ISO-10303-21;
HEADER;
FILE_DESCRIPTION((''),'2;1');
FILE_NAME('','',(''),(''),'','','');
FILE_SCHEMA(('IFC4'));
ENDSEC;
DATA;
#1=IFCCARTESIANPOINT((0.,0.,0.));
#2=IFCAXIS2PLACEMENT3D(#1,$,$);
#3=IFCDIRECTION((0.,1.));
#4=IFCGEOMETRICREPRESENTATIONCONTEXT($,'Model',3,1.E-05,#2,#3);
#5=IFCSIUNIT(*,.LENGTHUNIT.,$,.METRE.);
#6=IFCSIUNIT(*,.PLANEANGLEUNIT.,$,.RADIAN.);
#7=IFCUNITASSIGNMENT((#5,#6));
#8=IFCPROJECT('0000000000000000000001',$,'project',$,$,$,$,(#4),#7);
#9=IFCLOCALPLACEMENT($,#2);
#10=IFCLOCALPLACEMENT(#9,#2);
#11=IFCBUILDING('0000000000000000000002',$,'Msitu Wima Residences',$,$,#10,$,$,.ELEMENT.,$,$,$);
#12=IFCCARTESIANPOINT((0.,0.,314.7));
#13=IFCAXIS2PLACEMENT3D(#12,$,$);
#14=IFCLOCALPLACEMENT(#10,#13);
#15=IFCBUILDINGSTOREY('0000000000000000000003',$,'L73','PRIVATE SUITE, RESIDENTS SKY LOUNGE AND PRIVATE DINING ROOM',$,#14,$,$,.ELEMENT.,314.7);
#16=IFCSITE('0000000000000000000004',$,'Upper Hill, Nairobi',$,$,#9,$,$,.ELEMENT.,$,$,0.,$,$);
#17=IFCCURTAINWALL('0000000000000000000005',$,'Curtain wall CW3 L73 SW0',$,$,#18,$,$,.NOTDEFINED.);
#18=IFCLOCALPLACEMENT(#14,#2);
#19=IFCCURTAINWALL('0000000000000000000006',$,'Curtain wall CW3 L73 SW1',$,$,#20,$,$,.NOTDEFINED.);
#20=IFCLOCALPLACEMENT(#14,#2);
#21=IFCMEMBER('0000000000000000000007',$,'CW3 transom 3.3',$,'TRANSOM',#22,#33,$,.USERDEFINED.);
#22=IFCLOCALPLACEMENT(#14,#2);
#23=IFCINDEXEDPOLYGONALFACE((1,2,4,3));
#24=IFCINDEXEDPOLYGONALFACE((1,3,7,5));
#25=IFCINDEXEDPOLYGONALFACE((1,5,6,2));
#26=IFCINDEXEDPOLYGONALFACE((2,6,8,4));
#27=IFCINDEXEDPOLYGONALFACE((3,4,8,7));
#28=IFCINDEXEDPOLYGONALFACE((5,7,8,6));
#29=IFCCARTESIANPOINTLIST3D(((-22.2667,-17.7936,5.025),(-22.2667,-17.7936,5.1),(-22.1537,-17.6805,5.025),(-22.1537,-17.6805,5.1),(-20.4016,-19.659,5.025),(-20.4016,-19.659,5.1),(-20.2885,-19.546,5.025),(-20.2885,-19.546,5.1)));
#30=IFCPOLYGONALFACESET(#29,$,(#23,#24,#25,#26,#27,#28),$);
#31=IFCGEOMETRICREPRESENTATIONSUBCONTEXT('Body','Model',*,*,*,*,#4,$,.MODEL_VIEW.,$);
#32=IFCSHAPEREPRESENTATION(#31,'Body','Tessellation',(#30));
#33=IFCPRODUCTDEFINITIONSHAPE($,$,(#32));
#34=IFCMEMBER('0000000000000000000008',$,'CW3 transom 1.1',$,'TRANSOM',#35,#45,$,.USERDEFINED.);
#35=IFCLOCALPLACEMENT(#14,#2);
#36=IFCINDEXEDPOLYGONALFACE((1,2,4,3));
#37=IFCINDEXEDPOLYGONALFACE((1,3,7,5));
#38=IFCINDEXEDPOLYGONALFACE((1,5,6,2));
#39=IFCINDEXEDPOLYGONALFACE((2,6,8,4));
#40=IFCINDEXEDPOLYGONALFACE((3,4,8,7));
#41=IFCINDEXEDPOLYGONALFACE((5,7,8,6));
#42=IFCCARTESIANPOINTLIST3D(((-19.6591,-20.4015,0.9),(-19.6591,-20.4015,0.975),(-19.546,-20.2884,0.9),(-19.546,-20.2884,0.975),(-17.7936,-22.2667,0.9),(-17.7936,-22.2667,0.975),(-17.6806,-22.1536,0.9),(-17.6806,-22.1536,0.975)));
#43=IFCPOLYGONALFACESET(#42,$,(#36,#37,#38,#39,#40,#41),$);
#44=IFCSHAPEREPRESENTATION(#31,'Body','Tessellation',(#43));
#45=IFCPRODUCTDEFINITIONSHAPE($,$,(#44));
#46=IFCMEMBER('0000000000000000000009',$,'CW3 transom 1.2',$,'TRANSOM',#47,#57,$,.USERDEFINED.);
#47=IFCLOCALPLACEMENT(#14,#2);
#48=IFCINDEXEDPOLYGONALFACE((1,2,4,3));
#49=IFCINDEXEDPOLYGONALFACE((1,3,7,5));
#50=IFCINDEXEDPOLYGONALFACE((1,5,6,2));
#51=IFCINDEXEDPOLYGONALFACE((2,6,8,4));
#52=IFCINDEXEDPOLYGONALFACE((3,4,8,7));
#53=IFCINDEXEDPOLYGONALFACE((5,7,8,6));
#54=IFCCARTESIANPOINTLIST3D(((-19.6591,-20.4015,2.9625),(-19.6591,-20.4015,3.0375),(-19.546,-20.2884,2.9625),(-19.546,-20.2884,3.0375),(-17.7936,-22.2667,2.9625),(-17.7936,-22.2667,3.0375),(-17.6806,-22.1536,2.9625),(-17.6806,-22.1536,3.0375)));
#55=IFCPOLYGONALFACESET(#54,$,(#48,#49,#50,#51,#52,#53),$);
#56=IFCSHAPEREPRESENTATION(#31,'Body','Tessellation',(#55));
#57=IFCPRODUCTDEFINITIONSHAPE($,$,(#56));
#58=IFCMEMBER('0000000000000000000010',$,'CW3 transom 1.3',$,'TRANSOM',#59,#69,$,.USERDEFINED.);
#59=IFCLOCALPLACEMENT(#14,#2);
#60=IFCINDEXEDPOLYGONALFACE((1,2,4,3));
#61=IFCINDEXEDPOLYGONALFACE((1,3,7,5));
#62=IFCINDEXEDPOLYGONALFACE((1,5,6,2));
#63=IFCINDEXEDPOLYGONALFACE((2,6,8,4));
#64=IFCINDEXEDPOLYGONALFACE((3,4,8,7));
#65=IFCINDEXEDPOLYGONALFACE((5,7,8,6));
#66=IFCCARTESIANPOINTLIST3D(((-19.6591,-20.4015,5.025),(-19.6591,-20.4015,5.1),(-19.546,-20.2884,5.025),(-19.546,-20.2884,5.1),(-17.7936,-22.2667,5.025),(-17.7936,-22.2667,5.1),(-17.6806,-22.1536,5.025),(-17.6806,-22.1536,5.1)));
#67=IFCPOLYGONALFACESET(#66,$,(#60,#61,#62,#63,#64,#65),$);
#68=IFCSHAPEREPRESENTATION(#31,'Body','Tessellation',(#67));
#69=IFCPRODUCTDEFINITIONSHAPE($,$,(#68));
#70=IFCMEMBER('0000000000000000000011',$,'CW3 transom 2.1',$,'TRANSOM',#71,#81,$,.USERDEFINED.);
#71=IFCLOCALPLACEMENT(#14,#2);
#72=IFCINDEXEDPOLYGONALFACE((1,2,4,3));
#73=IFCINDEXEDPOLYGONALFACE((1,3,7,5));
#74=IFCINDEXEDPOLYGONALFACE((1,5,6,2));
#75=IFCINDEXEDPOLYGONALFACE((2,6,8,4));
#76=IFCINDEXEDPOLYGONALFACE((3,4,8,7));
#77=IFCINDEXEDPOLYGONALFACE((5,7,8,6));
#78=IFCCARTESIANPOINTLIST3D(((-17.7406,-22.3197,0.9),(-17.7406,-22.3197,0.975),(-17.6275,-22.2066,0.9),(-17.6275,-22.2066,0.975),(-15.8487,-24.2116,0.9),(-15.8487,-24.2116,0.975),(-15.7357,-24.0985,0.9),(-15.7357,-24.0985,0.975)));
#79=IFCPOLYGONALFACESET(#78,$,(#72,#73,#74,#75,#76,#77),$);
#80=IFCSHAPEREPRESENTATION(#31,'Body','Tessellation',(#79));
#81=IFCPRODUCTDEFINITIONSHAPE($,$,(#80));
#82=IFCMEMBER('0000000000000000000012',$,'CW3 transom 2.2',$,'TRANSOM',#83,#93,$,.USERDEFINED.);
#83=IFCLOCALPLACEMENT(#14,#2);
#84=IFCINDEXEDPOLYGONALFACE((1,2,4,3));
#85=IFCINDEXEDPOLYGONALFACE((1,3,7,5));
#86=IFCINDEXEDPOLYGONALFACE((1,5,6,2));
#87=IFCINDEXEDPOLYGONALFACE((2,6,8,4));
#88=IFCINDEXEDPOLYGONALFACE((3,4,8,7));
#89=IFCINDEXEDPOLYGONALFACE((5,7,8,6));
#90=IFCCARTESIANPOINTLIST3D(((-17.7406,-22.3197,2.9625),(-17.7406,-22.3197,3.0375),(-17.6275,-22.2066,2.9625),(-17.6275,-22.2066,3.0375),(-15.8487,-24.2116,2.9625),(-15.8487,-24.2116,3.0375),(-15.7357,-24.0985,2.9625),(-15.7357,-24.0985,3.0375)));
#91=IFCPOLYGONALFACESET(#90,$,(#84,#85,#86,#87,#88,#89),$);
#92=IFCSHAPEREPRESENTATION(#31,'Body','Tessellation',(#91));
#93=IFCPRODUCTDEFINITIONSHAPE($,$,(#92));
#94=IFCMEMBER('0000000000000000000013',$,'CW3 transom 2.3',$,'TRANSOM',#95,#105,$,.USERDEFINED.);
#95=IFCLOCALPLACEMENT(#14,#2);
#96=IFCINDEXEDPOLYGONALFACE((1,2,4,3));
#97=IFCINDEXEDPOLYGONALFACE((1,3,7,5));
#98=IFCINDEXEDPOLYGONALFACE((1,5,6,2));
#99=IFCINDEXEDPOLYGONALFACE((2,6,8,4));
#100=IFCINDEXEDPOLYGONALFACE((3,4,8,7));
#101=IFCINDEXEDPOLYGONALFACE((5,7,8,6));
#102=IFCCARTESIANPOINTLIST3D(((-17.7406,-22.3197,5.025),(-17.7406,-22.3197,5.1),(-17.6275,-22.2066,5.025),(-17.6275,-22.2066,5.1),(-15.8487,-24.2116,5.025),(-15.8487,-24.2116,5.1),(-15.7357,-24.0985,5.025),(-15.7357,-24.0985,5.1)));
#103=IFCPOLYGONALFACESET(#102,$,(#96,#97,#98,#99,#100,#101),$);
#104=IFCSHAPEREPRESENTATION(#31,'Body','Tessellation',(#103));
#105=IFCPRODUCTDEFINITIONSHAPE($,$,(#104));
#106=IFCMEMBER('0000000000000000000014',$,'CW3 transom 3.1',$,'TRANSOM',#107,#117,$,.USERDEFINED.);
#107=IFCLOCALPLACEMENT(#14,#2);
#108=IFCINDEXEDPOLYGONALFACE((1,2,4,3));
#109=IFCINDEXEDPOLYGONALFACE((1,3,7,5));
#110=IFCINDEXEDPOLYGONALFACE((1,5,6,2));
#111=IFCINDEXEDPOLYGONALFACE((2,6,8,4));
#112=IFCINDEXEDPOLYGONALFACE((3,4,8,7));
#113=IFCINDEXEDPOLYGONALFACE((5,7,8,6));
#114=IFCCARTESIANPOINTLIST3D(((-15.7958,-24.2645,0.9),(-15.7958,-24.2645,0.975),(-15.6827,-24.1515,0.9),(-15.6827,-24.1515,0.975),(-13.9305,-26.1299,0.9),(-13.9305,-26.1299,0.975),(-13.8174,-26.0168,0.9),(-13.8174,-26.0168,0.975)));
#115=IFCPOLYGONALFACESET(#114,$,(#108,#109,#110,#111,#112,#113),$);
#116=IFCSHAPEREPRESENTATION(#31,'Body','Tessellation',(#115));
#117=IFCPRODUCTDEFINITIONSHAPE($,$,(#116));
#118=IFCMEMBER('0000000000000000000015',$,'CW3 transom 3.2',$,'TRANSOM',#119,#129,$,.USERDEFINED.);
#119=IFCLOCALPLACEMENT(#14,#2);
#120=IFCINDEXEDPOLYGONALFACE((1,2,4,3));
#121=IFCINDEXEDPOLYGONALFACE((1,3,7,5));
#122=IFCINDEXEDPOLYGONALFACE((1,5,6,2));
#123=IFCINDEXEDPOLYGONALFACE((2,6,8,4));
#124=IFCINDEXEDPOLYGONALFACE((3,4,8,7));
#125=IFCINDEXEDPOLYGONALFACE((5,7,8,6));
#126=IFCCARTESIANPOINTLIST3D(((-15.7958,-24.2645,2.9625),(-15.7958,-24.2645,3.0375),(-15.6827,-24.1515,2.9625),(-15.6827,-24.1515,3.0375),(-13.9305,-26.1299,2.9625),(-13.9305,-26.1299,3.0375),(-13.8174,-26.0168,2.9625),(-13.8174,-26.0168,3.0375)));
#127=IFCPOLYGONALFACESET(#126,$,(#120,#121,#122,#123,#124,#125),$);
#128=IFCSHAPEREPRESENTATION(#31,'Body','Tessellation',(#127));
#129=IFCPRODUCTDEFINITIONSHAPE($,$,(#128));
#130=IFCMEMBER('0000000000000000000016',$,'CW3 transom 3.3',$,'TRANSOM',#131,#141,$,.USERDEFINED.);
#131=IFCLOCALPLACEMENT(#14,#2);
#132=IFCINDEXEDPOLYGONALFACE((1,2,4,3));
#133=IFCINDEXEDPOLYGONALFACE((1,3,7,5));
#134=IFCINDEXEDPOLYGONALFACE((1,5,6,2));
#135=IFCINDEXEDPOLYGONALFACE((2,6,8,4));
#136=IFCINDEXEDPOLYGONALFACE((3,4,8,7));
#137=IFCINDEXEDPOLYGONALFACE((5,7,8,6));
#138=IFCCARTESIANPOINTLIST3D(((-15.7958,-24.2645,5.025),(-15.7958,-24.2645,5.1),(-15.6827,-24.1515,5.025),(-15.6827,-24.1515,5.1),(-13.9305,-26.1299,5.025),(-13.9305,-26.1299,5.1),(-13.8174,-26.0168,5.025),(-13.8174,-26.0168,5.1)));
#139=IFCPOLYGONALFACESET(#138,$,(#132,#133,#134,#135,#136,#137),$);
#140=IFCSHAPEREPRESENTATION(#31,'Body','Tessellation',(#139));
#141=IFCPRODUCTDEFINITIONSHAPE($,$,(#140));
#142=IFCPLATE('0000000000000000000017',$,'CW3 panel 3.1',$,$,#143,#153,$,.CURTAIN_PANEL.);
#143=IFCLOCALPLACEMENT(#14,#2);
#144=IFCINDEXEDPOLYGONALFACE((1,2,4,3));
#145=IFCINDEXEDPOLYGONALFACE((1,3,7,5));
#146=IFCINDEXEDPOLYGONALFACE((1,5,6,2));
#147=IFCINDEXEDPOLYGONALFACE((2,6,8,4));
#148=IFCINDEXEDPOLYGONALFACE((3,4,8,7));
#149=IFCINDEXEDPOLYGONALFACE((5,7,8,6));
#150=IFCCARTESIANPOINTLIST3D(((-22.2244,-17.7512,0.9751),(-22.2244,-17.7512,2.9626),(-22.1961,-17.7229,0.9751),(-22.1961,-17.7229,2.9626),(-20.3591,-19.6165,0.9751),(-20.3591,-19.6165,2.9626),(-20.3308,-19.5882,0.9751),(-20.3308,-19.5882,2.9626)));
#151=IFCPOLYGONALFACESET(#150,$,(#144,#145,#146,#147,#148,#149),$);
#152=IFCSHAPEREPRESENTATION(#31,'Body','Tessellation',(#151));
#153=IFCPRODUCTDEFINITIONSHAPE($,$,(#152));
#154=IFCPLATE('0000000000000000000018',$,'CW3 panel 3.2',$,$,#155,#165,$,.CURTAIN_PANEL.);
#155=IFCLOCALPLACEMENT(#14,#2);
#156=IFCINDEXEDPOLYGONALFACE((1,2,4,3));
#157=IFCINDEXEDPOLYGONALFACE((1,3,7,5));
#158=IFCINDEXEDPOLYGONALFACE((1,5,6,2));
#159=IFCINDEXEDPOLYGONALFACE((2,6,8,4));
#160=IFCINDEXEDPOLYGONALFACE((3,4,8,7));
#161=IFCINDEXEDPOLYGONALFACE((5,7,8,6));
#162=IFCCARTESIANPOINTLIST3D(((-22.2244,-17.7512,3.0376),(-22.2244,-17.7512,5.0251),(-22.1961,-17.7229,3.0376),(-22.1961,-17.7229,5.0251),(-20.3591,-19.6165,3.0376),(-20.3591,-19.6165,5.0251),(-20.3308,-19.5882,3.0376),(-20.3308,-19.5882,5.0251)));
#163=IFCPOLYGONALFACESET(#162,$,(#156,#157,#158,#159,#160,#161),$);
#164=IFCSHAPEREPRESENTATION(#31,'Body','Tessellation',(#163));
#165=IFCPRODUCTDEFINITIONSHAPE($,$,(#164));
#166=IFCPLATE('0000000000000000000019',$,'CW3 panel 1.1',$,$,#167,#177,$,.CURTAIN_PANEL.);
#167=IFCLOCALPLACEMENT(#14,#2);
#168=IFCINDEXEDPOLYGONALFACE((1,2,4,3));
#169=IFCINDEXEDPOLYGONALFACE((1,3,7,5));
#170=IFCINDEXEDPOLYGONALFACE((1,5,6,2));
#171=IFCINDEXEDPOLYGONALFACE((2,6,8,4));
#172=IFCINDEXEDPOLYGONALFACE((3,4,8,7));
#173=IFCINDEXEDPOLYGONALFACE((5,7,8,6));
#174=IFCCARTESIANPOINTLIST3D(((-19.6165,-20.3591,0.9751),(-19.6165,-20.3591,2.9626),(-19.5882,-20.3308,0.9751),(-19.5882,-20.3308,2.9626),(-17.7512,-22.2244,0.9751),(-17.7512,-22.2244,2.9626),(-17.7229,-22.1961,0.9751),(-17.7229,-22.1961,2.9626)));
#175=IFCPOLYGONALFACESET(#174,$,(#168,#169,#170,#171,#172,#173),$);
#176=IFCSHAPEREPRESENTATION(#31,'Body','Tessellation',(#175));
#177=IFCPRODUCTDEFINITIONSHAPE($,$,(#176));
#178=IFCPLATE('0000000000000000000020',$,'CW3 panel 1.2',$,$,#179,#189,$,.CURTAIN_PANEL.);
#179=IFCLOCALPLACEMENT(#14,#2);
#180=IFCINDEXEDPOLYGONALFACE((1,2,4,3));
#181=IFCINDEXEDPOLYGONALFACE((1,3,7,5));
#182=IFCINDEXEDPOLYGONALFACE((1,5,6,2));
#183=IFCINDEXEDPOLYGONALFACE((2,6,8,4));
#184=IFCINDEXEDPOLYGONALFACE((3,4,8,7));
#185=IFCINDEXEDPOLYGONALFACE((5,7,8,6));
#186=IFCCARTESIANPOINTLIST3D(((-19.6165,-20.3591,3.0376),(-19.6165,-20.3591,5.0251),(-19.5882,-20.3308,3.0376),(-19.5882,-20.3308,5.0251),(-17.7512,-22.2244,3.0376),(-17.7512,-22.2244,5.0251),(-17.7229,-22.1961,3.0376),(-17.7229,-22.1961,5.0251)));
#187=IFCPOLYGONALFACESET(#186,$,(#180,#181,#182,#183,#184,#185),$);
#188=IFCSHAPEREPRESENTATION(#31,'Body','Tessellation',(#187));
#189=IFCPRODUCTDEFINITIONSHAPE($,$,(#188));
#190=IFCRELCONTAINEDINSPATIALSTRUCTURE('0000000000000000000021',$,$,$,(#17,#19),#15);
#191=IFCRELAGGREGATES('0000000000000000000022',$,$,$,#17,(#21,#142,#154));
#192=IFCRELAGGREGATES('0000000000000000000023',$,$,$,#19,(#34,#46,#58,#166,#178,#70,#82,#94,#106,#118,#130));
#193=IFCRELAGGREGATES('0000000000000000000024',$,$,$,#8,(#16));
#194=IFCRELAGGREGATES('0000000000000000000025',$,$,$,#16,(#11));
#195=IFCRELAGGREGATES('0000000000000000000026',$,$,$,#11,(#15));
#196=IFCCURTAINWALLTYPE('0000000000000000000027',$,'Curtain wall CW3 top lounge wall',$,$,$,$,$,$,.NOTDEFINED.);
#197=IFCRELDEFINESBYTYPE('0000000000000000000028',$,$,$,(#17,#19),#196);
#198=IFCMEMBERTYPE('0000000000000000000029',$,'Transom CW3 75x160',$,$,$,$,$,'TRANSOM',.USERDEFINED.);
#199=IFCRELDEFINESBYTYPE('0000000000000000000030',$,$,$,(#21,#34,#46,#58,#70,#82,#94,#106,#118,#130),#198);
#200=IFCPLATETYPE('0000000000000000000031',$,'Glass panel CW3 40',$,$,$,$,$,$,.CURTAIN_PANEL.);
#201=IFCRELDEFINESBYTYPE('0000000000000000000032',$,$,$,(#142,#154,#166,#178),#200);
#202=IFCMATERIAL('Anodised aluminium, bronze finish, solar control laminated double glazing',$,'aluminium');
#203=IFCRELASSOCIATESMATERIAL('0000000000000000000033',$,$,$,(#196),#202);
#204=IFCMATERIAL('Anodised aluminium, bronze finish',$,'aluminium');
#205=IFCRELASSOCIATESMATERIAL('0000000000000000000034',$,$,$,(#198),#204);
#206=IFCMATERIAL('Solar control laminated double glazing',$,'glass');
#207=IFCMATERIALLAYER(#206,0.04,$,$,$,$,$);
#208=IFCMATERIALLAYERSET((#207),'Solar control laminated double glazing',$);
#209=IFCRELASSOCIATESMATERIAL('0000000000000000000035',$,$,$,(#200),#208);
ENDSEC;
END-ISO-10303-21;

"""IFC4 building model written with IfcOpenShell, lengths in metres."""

from ifc_helpers import new_model, si_unit, direction, frame, origin, origin_2d, place, context, subcontext, project, spatial, rectangle, extrude, material, layer, layer_set, material_profile, profile_set, type_object, element, aggregate, save


model = new_model("IFC4")

# Units and contexts
model_context = context("Model", 3, precision=1e-05, world=origin(), true_north=direction((0.0, 1.0)))
body_context = subcontext(model_context, "Body", "Model", "MODEL_VIEW")
ifc_project = project(units=[si_unit("LENGTHUNIT", "METRE"), si_unit("PLANEANGLEUNIT", "RADIAN")], contexts=[model_context])

# Site, building, storey
site_placement = place(None, origin())
site = spatial("IfcSite", under=ifc_project, at=site_placement, Name="Upper Hill, Nairobi", CompositionType="ELEMENT", RefElevation=0.0)
building_placement = place(site_placement, origin())
building = spatial("IfcBuilding", under=site, at=building_placement, Name="Msitu Wima Residences", CompositionType="ELEMENT")
storey_placement = place(building_placement, frame((0.0, 0.0, 314.7)))
storey = spatial("IfcBuildingStorey", under=building, at=storey_placement, Name="L73", Description="PRIVATE SUITE, RESIDENTS SKY LOUNGE AND PRIVATE DINING ROOM", CompositionType="ELEMENT", Elevation=314.7)

# Curtain wall
ifc_material_1 = material(Name="Anodised aluminium, bronze finish, solar control laminated double glazing", Category="aluminium")
curtain_wall_type = type_object("IfcCurtainWallType", Name="Curtain wall CW3 top lounge wall", PredefinedType="NOTDEFINED", material=ifc_material_1)
curtain_wall_1_placement = place(storey_placement, origin())
curtain_wall_1 = element("IfcCurtainWall", 1, at=curtain_wall_1_placement, inside=storey, type_object=curtain_wall_type, Name="Curtain wall CW3 L73 SW0", PredefinedType="NOTDEFINED")
ifc_material_2 = material(Name="Anodised aluminium, bronze finish", Category="aluminium")

# Curtain wall
curtain_wall_2_placement = place(storey_placement, origin())
curtain_wall_2 = element("IfcCurtainWall", 2, at=curtain_wall_2_placement, inside=storey, type_object=curtain_wall_type, Name="Curtain wall CW3 L73 SW1", PredefinedType="NOTDEFINED")

# Members
ifc_material_profile_1 = material_profile(ifc_material_2, rectangle(XDim=0.1599, YDim=0.075, at=origin_2d()), Name="Transom 75x160")
ifc_profile_set_1 = profile_set([ifc_material_profile_1], Name="Anodised aluminium, bronze finish")
member_type_1 = type_object("IfcMemberType", Name="Transom CW3 75x160", ElementType="TRANSOM", PredefinedType="USERDEFINED", material=ifc_profile_set_1)
member_1_placement = place(storey_placement, frame((-22.2102, -17.7371, 5.0625), z_axis=(0.707061, -0.707153, 0.0), x_axis=(0.707153, 0.707061, 0.0)))
member_1 = element("IfcMember", 3, at=member_1_placement, type_object=member_type_1, Name="CW3 transom 3.3", ObjectType="TRANSOM", PredefinedType="USERDEFINED", context=body_context, shape_type="SweptSolid", body=[
    extrude(rectangle(XDim=0.1599, YDim=0.075, at=origin_2d()), origin(), (0.0, 0.0, 1.0), 2.6379),
])
member_2_placement = place(storey_placement, frame((-19.6025, -20.345, 0.9375), z_axis=(0.707153, -0.707061, 0.0), x_axis=(0.707061, 0.707153, 0.0)))
member_2 = element("IfcMember", 4, at=member_2_placement, type_object=member_type_1, Name="CW3 transom 1.1", ObjectType="TRANSOM", PredefinedType="USERDEFINED", context=body_context, shape_type="SweptSolid", body=[
    extrude(rectangle(XDim=0.1599, YDim=0.075, at=origin_2d()), origin(), (0.0, 0.0, 1.0), 2.6379),
])
member_3_placement = place(storey_placement, frame((-19.6025, -20.345, 3.0), z_axis=(0.707153, -0.707061, 0.0), x_axis=(0.707061, 0.707153, 0.0)))
member_3 = element("IfcMember", 5, at=member_3_placement, type_object=member_type_1, Name="CW3 transom 1.2", ObjectType="TRANSOM", PredefinedType="USERDEFINED", context=body_context, shape_type="SweptSolid", body=[
    extrude(rectangle(XDim=0.1599, YDim=0.075, at=origin_2d()), origin(), (0.0, 0.0, 1.0), 2.6379),
])
member_4_placement = place(storey_placement, frame((-19.6025, -20.345, 5.0625), z_axis=(0.707153, -0.707061, 0.0), x_axis=(0.707061, 0.707153, 0.0)))
member_4 = element("IfcMember", 6, at=member_4_placement, type_object=member_type_1, Name="CW3 transom 1.3", ObjectType="TRANSOM", PredefinedType="USERDEFINED", context=body_context, shape_type="SweptSolid", body=[
    extrude(rectangle(XDim=0.1599, YDim=0.075, at=origin_2d()), origin(), (0.0, 0.0, 1.0), 2.6379),
])
member_5_placement = place(storey_placement, frame((-17.6841, -22.2632, 0.9375), z_axis=(0.707107, -0.707107, 0.0), x_axis=(0.707107, 0.707107, 0.0)))
member_5 = element("IfcMember", 7, at=member_5_placement, type_object=member_type_1, Name="CW3 transom 2.1", ObjectType="TRANSOM", PredefinedType="USERDEFINED", context=body_context, shape_type="SweptSolid", body=[
    extrude(rectangle(XDim=0.1599, YDim=0.075, at=origin_2d()), origin(), (0.0, 0.0, 1.0), 2.6755),
])
member_6_placement = place(storey_placement, frame((-17.6841, -22.2632, 3.0), z_axis=(0.707107, -0.707107, 0.0), x_axis=(0.707107, 0.707107, 0.0)))
member_6 = element("IfcMember", 8, at=member_6_placement, type_object=member_type_1, Name="CW3 transom 2.2", ObjectType="TRANSOM", PredefinedType="USERDEFINED", context=body_context, shape_type="SweptSolid", body=[
    extrude(rectangle(XDim=0.1599, YDim=0.075, at=origin_2d()), origin(), (0.0, 0.0, 1.0), 2.6755),
])
member_7_placement = place(storey_placement, frame((-17.6841, -22.2632, 5.0625), z_axis=(0.707107, -0.707107, 0.0), x_axis=(0.707107, 0.707107, 0.0)))
member_7 = element("IfcMember", 9, at=member_7_placement, type_object=member_type_1, Name="CW3 transom 2.3", ObjectType="TRANSOM", PredefinedType="USERDEFINED", context=body_context, shape_type="SweptSolid", body=[
    extrude(rectangle(XDim=0.1599, YDim=0.075, at=origin_2d()), origin(), (0.0, 0.0, 1.0), 2.6755),
])
member_8_placement = place(storey_placement, frame((-15.7393, -24.208, 0.9375), z_axis=(0.707107, -0.707107, 0.0), x_axis=(0.707107, 0.707107, 0.0)))
member_8 = element("IfcMember", 10, at=member_8_placement, type_object=member_type_1, Name="CW3 transom 3.1", ObjectType="TRANSOM", PredefinedType="USERDEFINED", context=body_context, shape_type="SweptSolid", body=[
    extrude(rectangle(XDim=0.1599, YDim=0.075, at=origin_2d()), origin(), (0.0, 0.0, 1.0), 2.6379),
])
member_9_placement = place(storey_placement, frame((-15.7393, -24.208, 3.0), z_axis=(0.707107, -0.707107, 0.0), x_axis=(0.707107, 0.707107, 0.0)))
member_9 = element("IfcMember", 11, at=member_9_placement, type_object=member_type_1, Name="CW3 transom 3.2", ObjectType="TRANSOM", PredefinedType="USERDEFINED", context=body_context, shape_type="SweptSolid", body=[
    extrude(rectangle(XDim=0.1599, YDim=0.075, at=origin_2d()), origin(), (0.0, 0.0, 1.0), 2.6379),
])
member_10_placement = place(storey_placement, frame((-15.7393, -24.208, 5.0625), z_axis=(0.707107, -0.707107, 0.0), x_axis=(0.707107, 0.707107, 0.0)))
member_10 = element("IfcMember", 12, at=member_10_placement, type_object=member_type_1, Name="CW3 transom 3.3", ObjectType="TRANSOM", PredefinedType="USERDEFINED", context=body_context, shape_type="SweptSolid", body=[
    extrude(rectangle(XDim=0.1599, YDim=0.075, at=origin_2d()), origin(), (0.0, 0.0, 1.0), 2.6379),
])

# Plates
ifc_material_3 = material(Name="Solar control laminated double glazing", Category="glass")
ifc_layer_1 = layer(ifc_material_3, 0.04)
ifc_layer_set_1 = layer_set([ifc_layer_1], Name="Solar control laminated double glazing")
plate_type = type_object("IfcPlateType", Name="Glass panel CW3 40", PredefinedType="CURTAIN_PANEL", material=ifc_layer_set_1)
plate_1_placement = place(storey_placement, frame((-21.2776, -18.6697, 0.9751), z_axis=(0.0, 0.0, 1.0), x_axis=(0.707107, -0.707107, 0.0)))
plate_1 = element("IfcPlate", 13, at=plate_1_placement, type_object=plate_type, Name="CW3 panel 3.1", PredefinedType="CURTAIN_PANEL", context=body_context, shape_type="SweptSolid", body=[
    extrude(rectangle(XDim=2.6379, YDim=0.04, at=origin_2d()), origin(), (0.0, 0.0, 1.0), 1.9875),
])
plate_2_placement = place(storey_placement, frame((-21.2776, -18.6697, 3.0376), z_axis=(0.0, 0.0, 1.0), x_axis=(0.707107, -0.707107, 0.0)))
plate_2 = element("IfcPlate", 14, at=plate_2_placement, type_object=plate_type, Name="CW3 panel 3.2", PredefinedType="CURTAIN_PANEL", context=body_context, shape_type="SweptSolid", body=[
    extrude(rectangle(XDim=2.6379, YDim=0.04, at=origin_2d()), origin(), (0.0, 0.0, 1.0), 1.9875),
])
aggregate(curtain_wall_1, [member_1, plate_1, plate_2])
plate_3_placement = place(storey_placement, frame((-18.6697, -21.2776, 0.9751), z_axis=(0.0, 0.0, 1.0), x_axis=(0.707107, -0.707107, 0.0)))
plate_3 = element("IfcPlate", 15, at=plate_3_placement, type_object=plate_type, Name="CW3 panel 1.1", PredefinedType="CURTAIN_PANEL", context=body_context, shape_type="SweptSolid", body=[
    extrude(rectangle(XDim=2.6379, YDim=0.04, at=origin_2d()), origin(), (0.0, 0.0, 1.0), 1.9875),
])
plate_4_placement = place(storey_placement, frame((-18.6697, -21.2776, 3.0376), z_axis=(0.0, 0.0, 1.0), x_axis=(0.707107, -0.707107, 0.0)))
plate_4 = element("IfcPlate", 16, at=plate_4_placement, type_object=plate_type, Name="CW3 panel 1.2", PredefinedType="CURTAIN_PANEL", context=body_context, shape_type="SweptSolid", body=[
    extrude(rectangle(XDim=2.6379, YDim=0.04, at=origin_2d()), origin(), (0.0, 0.0, 1.0), 1.9875),
])
aggregate(curtain_wall_2, [member_2, member_3, member_4, plate_3, plate_4, member_5, member_6, member_7, member_8, member_9, member_10])

save(model, "model.ifc")
